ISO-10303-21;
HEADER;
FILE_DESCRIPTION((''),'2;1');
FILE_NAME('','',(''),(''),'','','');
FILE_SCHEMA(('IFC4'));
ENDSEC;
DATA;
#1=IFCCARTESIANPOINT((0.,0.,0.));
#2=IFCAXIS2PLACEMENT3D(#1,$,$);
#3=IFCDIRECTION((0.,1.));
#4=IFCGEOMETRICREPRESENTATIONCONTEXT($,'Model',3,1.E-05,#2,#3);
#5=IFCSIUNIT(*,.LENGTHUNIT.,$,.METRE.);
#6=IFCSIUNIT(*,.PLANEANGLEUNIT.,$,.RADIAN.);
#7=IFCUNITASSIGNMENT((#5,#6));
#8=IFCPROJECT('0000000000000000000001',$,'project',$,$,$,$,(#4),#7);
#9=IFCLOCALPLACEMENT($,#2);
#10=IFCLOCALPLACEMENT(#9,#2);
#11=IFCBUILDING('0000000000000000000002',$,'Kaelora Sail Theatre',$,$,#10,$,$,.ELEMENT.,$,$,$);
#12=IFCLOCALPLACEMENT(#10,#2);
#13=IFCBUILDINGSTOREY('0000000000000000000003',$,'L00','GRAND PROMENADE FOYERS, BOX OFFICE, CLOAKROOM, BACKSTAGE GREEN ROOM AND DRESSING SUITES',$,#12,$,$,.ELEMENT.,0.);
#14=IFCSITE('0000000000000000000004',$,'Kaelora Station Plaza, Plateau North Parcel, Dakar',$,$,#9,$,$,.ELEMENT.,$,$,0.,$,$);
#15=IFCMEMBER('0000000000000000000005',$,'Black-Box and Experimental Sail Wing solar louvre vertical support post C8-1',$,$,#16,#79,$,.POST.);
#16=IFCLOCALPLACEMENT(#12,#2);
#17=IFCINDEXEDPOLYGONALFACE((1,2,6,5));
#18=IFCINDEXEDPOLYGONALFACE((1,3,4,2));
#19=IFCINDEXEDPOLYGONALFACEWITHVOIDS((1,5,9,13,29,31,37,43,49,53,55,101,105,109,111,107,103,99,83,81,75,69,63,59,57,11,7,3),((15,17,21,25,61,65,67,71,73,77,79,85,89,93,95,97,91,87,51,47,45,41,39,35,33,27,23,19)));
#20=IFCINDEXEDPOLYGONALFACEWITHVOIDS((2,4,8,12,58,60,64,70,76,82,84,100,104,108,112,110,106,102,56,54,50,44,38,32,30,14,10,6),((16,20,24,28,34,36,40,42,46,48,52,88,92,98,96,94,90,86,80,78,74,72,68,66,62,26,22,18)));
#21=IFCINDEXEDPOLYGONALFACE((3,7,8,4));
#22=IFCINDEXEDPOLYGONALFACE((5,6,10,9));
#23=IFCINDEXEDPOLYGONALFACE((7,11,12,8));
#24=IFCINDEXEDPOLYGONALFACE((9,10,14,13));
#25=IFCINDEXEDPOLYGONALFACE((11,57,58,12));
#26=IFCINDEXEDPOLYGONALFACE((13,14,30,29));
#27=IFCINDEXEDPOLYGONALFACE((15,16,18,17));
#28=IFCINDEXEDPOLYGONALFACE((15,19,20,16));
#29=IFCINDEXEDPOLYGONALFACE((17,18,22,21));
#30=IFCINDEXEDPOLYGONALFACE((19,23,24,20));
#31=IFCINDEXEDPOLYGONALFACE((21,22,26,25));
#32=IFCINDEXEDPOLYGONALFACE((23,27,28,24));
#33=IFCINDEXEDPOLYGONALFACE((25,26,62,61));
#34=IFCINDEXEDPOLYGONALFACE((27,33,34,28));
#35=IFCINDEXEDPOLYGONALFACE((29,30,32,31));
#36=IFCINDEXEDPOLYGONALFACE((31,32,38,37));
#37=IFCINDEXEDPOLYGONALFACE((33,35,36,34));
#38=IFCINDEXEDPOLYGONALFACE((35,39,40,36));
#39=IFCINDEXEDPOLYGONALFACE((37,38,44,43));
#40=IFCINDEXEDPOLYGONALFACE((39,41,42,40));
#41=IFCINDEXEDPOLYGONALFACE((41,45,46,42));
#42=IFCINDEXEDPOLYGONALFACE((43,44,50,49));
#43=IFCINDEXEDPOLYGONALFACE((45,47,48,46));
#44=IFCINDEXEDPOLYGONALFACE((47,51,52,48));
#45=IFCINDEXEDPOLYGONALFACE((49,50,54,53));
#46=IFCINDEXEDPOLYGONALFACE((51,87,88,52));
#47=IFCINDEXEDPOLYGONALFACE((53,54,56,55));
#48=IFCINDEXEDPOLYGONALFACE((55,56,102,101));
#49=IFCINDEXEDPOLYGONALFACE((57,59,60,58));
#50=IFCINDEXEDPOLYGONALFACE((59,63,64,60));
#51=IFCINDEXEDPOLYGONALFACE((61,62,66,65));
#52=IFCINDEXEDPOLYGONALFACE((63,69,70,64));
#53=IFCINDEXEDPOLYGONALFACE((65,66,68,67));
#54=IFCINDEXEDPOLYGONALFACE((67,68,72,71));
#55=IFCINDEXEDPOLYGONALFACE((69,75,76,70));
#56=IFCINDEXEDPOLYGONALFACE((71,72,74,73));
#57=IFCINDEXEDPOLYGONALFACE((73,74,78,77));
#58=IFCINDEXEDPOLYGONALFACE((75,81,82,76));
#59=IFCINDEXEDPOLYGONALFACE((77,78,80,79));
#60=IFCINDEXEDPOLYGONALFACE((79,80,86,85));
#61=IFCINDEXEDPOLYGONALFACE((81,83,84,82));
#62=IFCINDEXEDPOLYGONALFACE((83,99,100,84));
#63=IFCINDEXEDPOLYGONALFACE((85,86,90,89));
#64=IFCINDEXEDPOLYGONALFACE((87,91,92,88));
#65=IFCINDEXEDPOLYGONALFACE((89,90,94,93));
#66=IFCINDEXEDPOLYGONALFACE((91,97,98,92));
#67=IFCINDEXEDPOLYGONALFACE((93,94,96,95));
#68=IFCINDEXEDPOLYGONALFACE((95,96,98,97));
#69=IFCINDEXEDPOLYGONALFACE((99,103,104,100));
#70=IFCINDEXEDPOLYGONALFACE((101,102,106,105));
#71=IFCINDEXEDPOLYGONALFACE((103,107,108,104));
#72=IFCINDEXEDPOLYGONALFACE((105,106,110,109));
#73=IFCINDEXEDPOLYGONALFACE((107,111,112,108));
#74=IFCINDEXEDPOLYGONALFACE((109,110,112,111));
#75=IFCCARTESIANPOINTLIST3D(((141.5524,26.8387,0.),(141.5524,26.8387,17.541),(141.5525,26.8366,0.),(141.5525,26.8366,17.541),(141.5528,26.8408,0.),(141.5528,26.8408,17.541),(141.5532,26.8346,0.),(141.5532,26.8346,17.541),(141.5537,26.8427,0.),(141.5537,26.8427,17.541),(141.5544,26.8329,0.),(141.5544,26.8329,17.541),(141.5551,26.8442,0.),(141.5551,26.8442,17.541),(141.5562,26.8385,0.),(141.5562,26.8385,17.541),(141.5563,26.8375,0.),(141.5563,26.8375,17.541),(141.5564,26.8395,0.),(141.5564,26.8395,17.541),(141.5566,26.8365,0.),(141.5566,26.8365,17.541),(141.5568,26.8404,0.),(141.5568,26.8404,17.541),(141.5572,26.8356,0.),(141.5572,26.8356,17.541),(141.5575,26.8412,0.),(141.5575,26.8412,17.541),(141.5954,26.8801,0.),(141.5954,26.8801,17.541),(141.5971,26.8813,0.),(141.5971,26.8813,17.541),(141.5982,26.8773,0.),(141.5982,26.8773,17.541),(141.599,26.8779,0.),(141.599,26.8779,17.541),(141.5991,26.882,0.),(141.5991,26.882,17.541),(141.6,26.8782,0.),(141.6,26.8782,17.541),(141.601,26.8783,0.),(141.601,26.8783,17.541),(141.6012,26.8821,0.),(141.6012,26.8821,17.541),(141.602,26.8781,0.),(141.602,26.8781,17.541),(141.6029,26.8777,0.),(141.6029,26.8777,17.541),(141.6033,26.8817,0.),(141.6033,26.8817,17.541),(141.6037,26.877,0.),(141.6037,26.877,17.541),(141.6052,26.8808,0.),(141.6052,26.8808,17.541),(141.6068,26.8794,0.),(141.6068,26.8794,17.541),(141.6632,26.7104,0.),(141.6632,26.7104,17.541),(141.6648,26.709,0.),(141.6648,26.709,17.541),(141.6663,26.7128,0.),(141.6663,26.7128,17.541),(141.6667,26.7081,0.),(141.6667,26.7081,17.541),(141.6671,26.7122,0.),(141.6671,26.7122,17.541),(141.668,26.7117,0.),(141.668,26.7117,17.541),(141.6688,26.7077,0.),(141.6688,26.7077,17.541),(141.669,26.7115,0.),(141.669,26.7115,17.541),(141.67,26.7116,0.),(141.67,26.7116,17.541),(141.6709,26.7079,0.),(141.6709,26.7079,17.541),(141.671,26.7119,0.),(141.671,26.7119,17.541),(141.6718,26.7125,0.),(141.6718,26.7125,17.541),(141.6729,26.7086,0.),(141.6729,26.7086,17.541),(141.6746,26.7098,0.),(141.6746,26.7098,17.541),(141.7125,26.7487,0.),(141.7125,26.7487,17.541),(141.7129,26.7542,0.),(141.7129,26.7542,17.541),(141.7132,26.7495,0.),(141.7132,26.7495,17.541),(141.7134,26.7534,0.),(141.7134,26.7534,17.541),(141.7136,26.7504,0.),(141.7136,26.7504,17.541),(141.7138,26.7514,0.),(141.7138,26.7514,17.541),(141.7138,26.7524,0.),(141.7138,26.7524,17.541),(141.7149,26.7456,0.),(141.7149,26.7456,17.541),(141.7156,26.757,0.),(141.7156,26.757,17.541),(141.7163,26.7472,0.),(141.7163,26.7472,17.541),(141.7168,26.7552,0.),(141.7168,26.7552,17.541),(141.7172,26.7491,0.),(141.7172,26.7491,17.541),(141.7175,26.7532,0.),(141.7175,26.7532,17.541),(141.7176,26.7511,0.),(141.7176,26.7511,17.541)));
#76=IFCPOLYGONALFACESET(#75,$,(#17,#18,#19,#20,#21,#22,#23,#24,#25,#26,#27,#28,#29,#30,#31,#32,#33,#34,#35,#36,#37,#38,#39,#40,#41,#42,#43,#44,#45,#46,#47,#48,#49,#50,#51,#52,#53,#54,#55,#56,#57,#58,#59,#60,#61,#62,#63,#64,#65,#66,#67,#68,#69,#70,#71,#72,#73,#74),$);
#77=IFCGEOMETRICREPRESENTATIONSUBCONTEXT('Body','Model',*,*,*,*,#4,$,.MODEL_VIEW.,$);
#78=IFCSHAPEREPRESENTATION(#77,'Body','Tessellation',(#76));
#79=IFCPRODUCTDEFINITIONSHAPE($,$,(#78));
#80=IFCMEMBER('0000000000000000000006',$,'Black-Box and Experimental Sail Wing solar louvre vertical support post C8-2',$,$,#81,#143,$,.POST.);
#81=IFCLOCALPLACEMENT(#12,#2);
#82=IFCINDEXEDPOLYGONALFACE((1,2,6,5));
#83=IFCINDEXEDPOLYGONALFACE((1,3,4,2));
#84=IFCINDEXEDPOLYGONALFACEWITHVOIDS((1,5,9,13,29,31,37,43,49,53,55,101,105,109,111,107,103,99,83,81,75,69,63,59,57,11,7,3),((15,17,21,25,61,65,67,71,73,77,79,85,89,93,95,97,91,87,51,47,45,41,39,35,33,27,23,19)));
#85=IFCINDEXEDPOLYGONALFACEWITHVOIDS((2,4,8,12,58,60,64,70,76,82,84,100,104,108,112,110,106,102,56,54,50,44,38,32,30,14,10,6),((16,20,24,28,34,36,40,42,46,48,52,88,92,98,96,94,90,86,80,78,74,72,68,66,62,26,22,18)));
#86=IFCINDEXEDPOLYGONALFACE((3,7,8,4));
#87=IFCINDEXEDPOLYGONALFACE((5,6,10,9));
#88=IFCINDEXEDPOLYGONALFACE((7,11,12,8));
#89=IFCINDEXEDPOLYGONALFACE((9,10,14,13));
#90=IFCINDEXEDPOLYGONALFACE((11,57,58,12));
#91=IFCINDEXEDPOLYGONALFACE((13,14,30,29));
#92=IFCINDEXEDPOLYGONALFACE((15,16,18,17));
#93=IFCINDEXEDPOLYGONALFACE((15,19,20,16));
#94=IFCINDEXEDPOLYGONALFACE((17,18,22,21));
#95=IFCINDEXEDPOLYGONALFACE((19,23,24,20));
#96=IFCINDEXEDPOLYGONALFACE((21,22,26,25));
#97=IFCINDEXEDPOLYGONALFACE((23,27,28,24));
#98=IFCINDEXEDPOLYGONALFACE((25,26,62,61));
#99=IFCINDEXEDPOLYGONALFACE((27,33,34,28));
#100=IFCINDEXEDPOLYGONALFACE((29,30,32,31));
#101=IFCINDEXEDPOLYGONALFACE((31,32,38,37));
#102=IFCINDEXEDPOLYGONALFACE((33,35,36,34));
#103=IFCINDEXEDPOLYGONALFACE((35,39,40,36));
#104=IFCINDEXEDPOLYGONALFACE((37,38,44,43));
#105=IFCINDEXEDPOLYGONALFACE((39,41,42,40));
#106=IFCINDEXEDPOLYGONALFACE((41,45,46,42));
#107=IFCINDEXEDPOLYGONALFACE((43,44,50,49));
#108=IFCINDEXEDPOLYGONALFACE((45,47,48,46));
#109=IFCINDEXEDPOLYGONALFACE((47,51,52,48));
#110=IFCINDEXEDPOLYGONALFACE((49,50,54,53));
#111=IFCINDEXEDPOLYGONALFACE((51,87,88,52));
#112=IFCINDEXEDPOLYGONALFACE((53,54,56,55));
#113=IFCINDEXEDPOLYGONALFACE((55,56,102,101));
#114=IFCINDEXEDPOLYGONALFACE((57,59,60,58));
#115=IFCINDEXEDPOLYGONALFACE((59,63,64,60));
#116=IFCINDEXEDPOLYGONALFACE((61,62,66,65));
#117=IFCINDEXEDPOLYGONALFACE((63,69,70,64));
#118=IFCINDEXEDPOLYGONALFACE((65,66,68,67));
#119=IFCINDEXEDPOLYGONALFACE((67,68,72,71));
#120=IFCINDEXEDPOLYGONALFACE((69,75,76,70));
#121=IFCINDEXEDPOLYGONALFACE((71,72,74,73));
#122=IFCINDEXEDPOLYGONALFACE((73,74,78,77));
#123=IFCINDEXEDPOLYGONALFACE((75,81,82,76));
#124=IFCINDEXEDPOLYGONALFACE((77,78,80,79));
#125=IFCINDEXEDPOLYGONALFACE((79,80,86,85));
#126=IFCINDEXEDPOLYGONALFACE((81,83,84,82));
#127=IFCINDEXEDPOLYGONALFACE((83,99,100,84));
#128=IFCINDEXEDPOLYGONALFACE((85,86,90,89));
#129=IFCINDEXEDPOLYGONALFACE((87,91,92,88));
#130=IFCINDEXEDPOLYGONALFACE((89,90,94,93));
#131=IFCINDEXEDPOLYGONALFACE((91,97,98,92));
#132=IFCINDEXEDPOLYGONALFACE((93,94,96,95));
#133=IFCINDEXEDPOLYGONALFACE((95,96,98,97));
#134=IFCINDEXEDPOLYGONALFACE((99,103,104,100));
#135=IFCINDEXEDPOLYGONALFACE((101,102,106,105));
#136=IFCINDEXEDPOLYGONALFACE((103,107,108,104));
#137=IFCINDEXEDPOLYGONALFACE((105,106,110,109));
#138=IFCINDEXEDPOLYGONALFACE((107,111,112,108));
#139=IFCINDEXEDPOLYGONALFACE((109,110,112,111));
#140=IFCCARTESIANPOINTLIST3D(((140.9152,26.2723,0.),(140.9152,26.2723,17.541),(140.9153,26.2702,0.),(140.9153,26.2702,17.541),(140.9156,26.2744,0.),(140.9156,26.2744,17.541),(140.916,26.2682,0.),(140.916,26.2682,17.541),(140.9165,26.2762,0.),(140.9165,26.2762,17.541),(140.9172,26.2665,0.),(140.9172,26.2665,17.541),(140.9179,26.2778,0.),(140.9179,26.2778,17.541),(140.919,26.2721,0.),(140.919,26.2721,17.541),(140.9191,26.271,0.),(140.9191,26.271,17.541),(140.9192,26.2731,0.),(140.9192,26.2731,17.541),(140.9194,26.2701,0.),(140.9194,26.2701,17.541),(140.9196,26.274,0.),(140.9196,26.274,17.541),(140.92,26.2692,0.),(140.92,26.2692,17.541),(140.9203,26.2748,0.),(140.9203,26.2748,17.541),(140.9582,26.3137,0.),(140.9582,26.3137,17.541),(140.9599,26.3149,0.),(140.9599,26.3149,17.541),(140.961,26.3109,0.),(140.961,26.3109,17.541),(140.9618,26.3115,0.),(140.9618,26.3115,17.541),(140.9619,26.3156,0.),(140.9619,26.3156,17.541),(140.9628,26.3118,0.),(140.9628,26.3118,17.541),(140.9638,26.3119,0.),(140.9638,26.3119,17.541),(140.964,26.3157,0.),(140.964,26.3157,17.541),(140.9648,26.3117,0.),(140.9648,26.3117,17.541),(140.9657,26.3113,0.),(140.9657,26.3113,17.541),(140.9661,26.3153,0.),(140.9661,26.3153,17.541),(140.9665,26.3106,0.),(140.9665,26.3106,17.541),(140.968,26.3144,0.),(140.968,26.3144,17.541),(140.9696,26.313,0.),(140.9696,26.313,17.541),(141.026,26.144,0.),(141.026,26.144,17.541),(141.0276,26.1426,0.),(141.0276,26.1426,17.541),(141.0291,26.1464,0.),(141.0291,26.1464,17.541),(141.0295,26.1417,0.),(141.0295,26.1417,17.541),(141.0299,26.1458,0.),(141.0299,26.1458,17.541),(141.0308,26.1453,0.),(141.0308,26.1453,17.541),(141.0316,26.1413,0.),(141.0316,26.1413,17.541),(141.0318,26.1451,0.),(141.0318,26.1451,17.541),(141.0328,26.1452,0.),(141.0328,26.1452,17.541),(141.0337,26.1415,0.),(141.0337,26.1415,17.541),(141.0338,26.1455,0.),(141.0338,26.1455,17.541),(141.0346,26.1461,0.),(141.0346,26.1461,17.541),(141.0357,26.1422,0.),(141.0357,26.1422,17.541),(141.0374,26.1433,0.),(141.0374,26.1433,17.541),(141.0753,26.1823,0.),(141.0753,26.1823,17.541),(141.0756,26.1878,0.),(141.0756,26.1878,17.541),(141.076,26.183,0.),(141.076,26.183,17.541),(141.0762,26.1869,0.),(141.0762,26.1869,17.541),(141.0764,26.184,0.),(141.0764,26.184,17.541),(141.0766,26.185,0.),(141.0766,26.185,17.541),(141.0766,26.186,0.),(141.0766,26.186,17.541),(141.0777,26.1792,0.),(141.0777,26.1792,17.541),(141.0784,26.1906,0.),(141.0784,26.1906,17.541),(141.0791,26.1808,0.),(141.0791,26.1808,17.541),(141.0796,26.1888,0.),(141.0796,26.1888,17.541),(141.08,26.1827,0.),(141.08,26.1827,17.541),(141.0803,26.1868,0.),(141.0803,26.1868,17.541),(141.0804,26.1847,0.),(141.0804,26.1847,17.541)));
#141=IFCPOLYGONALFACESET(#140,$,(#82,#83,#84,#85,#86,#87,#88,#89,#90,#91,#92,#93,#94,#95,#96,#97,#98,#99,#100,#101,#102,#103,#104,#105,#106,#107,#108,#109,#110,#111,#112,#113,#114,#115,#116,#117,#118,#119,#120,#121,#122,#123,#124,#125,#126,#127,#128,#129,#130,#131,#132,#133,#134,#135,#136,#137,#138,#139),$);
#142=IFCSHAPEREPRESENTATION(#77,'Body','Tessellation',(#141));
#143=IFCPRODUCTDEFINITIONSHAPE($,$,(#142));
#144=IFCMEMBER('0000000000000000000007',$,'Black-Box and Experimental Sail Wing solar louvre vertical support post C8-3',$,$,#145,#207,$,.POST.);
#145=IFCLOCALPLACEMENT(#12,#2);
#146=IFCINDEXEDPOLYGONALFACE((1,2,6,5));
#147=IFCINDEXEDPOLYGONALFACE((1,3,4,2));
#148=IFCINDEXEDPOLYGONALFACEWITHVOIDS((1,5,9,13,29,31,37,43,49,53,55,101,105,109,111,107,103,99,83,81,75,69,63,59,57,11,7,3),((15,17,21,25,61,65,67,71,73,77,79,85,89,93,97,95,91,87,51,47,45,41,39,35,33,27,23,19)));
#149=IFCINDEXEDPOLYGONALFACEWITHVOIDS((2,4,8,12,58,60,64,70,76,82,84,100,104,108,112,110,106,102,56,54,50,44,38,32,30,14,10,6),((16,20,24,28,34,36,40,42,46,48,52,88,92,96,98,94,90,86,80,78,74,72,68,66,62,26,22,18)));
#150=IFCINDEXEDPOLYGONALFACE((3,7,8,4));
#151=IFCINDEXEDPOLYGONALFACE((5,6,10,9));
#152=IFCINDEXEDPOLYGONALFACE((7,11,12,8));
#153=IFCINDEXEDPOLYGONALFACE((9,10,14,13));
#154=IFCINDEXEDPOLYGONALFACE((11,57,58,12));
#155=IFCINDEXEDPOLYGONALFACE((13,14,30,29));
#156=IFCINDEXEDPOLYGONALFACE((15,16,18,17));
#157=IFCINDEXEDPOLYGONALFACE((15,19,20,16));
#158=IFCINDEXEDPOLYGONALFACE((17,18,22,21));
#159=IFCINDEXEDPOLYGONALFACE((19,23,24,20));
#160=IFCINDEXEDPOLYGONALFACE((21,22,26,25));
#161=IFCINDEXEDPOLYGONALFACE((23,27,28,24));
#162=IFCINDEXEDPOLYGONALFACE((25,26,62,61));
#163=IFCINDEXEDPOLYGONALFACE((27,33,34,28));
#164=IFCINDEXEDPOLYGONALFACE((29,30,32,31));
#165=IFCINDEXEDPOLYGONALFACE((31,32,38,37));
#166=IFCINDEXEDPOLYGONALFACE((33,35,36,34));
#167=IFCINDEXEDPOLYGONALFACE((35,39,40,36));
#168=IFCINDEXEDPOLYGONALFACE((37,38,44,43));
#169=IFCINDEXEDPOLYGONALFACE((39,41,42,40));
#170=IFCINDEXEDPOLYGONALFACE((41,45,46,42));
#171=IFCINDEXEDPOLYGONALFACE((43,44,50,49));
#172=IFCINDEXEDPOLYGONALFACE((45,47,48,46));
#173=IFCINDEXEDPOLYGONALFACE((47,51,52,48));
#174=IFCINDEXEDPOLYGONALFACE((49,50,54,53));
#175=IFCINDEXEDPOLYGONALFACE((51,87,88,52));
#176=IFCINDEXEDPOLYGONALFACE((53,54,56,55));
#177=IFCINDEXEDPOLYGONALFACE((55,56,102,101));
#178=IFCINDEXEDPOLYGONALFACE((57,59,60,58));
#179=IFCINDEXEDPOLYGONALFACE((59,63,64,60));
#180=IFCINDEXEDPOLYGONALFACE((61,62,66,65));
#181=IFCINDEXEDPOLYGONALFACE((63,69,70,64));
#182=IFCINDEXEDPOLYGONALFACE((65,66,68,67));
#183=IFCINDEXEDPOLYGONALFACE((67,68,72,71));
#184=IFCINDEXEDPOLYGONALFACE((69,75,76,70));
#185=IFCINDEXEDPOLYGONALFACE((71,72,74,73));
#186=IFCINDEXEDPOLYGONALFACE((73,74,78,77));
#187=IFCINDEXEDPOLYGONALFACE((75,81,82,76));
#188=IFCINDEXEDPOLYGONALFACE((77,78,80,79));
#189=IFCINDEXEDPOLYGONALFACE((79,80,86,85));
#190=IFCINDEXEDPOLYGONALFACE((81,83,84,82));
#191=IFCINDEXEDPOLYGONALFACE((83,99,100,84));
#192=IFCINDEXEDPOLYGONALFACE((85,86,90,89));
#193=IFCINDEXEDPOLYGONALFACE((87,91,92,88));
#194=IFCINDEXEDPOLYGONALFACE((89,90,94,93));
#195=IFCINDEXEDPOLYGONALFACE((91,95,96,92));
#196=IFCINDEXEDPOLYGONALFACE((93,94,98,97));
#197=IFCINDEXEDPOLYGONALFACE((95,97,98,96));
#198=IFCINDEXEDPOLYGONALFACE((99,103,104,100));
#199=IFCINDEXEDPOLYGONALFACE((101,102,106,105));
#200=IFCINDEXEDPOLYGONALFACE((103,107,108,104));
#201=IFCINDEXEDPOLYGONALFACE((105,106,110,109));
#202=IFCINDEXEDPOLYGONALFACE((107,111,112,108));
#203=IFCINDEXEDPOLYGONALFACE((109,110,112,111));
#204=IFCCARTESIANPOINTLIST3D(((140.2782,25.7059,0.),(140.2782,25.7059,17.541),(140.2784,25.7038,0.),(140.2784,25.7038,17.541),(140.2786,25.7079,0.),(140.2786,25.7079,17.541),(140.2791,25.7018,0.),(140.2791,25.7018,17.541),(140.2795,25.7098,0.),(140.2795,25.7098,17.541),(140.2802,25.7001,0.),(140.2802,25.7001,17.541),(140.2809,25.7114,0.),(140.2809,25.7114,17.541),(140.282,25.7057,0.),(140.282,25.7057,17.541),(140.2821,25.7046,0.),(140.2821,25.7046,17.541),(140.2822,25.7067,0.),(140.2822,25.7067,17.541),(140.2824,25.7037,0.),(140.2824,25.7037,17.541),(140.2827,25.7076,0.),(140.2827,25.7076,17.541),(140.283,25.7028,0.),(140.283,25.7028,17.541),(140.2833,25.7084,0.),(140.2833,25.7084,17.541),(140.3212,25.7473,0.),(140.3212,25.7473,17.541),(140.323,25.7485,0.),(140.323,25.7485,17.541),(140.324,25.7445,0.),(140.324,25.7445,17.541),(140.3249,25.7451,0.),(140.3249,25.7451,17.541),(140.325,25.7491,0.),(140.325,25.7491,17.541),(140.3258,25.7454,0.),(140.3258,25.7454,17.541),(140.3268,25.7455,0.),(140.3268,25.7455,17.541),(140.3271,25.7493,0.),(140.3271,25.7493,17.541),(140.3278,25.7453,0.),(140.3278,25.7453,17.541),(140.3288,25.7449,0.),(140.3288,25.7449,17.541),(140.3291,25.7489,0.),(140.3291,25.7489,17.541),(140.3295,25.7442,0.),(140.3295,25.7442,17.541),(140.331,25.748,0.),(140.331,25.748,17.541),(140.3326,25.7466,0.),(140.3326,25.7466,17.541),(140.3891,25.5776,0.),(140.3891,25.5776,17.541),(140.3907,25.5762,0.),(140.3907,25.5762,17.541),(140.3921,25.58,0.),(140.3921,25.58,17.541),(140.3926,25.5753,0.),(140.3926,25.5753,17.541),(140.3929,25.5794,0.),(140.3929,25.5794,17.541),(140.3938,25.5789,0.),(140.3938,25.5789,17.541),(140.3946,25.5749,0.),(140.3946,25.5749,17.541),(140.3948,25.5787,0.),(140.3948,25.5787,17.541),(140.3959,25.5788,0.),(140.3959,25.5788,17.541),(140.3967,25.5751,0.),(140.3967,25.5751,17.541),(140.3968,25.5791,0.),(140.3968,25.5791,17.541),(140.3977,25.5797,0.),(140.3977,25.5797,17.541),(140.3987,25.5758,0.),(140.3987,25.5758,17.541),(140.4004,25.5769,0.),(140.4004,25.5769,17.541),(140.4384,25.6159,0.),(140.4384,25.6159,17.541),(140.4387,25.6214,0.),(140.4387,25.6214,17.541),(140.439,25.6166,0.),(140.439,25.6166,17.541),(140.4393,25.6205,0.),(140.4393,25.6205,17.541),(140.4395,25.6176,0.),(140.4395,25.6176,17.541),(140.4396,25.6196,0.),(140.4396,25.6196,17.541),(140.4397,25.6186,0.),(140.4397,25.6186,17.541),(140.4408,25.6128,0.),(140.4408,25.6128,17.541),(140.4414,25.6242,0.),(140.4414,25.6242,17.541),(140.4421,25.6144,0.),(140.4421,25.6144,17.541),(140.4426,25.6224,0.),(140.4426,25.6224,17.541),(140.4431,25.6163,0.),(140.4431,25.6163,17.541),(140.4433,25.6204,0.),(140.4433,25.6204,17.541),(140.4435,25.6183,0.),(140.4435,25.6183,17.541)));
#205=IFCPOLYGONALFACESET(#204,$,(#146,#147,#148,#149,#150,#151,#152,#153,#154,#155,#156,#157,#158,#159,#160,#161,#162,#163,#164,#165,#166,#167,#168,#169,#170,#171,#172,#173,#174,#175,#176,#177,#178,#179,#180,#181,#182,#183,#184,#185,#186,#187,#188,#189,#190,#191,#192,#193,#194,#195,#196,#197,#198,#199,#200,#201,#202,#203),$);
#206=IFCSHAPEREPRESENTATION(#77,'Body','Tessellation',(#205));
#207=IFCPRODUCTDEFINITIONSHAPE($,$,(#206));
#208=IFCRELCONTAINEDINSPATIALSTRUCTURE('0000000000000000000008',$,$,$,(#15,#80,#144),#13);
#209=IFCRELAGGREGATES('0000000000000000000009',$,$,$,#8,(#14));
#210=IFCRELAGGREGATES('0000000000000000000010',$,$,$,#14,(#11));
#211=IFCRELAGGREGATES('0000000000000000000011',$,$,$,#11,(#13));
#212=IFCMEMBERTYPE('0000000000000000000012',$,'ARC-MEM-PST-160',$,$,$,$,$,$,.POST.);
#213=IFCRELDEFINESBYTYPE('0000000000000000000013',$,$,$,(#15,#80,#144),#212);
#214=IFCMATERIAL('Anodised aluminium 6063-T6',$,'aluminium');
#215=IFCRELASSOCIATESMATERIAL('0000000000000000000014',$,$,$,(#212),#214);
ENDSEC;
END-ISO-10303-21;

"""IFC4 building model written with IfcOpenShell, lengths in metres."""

from ifc_helpers import new_model, si_unit, direction, frame, origin, origin_2d, place, context, subcontext, project, spatial, hollow_rectangle, extrude, material, material_profile, profile_set, type_object, element, save


model = new_model("IFC4")

# Units and contexts
model_context = context("Model", 3, precision=1e-05, world=origin(), true_north=direction((0.0, 1.0)))
body_context = subcontext(model_context, "Body", "Model", "MODEL_VIEW")
ifc_project = project(units=[si_unit("LENGTHUNIT", "METRE"), si_unit("PLANEANGLEUNIT", "RADIAN")], contexts=[model_context])

# Site, building, storey
site_placement = place(None, origin())
site = spatial("IfcSite", under=ifc_project, at=site_placement, Name="Kaelora Station Plaza, Plateau North Parcel, Dakar", CompositionType="ELEMENT", RefElevation=0.0)
building_placement = place(site_placement, origin())
building = spatial("IfcBuilding", under=site, at=building_placement, Name="Kaelora Sail Theatre", CompositionType="ELEMENT")
storey_placement = place(building_placement, origin())
storey = spatial("IfcBuildingStorey", under=building, at=storey_placement, Name="L00", Description="GRAND PROMENADE FOYERS, BOX OFFICE, CLOAKROOM, BACKSTAGE GREEN ROOM AND DRESSING SUITES", CompositionType="ELEMENT", Elevation=0.0)

# Members
ifc_material_1 = material(Name="Anodised aluminium 6063-T6", Category="aluminium")
ifc_material_profile_1 = material_profile(ifc_material_1, hollow_rectangle(XDim=0.0701, YDim=0.1799, WallThickness=0.0039, InnerFilletRadius=0.0039, OuterFilletRadius=0.0081, at=origin_2d()), Name="ALU-MULL 70x180x4")
ifc_profile_set_1 = profile_set([ifc_material_profile_1], Name="Anodised aluminium 6063-T6")
member_type_1 = type_object("IfcMemberType", Name="ARC-MEM-PST-160", PredefinedType="POST", material=ifc_profile_set_1)
for number, where, z_axis, x_axis, name in (
    (1, (141.635, 26.7949, 0.0), (0.0, 0.0, 1.0), (-0.74745, -0.664318, 0.0), "Black-Box and Experimental Sail Wing solar louvre vertical support post C8-1"),
    (2, (140.9978, 26.2285, 0.0), (0.0, 0.0, 1.0), (-0.74745, -0.664318, 0.0), "Black-Box and Experimental Sail Wing solar louvre vertical support post C8-2"),
    (3, (140.3608, 25.6621, 0.0), (0.0, 0.0, 1.0), (-0.74745, -0.664318, 0.0), "Black-Box and Experimental Sail Wing solar louvre vertical support post C8-3"),
):
    element("IfcMember", number, at=place(storey_placement, frame(where, z_axis=z_axis, x_axis=x_axis)), inside=storey, type_object=member_type_1, Name=name, PredefinedType="POST", context=body_context, shape_type="SweptSolid", body=[
        extrude(hollow_rectangle(XDim=0.0701, YDim=0.1799, WallThickness=0.0039, InnerFilletRadius=0.0039, OuterFilletRadius=0.0081, at=origin_2d()), origin(), (0.0, 0.0, 1.0), 17.541),
    ])

save(model, "model.ifc")
